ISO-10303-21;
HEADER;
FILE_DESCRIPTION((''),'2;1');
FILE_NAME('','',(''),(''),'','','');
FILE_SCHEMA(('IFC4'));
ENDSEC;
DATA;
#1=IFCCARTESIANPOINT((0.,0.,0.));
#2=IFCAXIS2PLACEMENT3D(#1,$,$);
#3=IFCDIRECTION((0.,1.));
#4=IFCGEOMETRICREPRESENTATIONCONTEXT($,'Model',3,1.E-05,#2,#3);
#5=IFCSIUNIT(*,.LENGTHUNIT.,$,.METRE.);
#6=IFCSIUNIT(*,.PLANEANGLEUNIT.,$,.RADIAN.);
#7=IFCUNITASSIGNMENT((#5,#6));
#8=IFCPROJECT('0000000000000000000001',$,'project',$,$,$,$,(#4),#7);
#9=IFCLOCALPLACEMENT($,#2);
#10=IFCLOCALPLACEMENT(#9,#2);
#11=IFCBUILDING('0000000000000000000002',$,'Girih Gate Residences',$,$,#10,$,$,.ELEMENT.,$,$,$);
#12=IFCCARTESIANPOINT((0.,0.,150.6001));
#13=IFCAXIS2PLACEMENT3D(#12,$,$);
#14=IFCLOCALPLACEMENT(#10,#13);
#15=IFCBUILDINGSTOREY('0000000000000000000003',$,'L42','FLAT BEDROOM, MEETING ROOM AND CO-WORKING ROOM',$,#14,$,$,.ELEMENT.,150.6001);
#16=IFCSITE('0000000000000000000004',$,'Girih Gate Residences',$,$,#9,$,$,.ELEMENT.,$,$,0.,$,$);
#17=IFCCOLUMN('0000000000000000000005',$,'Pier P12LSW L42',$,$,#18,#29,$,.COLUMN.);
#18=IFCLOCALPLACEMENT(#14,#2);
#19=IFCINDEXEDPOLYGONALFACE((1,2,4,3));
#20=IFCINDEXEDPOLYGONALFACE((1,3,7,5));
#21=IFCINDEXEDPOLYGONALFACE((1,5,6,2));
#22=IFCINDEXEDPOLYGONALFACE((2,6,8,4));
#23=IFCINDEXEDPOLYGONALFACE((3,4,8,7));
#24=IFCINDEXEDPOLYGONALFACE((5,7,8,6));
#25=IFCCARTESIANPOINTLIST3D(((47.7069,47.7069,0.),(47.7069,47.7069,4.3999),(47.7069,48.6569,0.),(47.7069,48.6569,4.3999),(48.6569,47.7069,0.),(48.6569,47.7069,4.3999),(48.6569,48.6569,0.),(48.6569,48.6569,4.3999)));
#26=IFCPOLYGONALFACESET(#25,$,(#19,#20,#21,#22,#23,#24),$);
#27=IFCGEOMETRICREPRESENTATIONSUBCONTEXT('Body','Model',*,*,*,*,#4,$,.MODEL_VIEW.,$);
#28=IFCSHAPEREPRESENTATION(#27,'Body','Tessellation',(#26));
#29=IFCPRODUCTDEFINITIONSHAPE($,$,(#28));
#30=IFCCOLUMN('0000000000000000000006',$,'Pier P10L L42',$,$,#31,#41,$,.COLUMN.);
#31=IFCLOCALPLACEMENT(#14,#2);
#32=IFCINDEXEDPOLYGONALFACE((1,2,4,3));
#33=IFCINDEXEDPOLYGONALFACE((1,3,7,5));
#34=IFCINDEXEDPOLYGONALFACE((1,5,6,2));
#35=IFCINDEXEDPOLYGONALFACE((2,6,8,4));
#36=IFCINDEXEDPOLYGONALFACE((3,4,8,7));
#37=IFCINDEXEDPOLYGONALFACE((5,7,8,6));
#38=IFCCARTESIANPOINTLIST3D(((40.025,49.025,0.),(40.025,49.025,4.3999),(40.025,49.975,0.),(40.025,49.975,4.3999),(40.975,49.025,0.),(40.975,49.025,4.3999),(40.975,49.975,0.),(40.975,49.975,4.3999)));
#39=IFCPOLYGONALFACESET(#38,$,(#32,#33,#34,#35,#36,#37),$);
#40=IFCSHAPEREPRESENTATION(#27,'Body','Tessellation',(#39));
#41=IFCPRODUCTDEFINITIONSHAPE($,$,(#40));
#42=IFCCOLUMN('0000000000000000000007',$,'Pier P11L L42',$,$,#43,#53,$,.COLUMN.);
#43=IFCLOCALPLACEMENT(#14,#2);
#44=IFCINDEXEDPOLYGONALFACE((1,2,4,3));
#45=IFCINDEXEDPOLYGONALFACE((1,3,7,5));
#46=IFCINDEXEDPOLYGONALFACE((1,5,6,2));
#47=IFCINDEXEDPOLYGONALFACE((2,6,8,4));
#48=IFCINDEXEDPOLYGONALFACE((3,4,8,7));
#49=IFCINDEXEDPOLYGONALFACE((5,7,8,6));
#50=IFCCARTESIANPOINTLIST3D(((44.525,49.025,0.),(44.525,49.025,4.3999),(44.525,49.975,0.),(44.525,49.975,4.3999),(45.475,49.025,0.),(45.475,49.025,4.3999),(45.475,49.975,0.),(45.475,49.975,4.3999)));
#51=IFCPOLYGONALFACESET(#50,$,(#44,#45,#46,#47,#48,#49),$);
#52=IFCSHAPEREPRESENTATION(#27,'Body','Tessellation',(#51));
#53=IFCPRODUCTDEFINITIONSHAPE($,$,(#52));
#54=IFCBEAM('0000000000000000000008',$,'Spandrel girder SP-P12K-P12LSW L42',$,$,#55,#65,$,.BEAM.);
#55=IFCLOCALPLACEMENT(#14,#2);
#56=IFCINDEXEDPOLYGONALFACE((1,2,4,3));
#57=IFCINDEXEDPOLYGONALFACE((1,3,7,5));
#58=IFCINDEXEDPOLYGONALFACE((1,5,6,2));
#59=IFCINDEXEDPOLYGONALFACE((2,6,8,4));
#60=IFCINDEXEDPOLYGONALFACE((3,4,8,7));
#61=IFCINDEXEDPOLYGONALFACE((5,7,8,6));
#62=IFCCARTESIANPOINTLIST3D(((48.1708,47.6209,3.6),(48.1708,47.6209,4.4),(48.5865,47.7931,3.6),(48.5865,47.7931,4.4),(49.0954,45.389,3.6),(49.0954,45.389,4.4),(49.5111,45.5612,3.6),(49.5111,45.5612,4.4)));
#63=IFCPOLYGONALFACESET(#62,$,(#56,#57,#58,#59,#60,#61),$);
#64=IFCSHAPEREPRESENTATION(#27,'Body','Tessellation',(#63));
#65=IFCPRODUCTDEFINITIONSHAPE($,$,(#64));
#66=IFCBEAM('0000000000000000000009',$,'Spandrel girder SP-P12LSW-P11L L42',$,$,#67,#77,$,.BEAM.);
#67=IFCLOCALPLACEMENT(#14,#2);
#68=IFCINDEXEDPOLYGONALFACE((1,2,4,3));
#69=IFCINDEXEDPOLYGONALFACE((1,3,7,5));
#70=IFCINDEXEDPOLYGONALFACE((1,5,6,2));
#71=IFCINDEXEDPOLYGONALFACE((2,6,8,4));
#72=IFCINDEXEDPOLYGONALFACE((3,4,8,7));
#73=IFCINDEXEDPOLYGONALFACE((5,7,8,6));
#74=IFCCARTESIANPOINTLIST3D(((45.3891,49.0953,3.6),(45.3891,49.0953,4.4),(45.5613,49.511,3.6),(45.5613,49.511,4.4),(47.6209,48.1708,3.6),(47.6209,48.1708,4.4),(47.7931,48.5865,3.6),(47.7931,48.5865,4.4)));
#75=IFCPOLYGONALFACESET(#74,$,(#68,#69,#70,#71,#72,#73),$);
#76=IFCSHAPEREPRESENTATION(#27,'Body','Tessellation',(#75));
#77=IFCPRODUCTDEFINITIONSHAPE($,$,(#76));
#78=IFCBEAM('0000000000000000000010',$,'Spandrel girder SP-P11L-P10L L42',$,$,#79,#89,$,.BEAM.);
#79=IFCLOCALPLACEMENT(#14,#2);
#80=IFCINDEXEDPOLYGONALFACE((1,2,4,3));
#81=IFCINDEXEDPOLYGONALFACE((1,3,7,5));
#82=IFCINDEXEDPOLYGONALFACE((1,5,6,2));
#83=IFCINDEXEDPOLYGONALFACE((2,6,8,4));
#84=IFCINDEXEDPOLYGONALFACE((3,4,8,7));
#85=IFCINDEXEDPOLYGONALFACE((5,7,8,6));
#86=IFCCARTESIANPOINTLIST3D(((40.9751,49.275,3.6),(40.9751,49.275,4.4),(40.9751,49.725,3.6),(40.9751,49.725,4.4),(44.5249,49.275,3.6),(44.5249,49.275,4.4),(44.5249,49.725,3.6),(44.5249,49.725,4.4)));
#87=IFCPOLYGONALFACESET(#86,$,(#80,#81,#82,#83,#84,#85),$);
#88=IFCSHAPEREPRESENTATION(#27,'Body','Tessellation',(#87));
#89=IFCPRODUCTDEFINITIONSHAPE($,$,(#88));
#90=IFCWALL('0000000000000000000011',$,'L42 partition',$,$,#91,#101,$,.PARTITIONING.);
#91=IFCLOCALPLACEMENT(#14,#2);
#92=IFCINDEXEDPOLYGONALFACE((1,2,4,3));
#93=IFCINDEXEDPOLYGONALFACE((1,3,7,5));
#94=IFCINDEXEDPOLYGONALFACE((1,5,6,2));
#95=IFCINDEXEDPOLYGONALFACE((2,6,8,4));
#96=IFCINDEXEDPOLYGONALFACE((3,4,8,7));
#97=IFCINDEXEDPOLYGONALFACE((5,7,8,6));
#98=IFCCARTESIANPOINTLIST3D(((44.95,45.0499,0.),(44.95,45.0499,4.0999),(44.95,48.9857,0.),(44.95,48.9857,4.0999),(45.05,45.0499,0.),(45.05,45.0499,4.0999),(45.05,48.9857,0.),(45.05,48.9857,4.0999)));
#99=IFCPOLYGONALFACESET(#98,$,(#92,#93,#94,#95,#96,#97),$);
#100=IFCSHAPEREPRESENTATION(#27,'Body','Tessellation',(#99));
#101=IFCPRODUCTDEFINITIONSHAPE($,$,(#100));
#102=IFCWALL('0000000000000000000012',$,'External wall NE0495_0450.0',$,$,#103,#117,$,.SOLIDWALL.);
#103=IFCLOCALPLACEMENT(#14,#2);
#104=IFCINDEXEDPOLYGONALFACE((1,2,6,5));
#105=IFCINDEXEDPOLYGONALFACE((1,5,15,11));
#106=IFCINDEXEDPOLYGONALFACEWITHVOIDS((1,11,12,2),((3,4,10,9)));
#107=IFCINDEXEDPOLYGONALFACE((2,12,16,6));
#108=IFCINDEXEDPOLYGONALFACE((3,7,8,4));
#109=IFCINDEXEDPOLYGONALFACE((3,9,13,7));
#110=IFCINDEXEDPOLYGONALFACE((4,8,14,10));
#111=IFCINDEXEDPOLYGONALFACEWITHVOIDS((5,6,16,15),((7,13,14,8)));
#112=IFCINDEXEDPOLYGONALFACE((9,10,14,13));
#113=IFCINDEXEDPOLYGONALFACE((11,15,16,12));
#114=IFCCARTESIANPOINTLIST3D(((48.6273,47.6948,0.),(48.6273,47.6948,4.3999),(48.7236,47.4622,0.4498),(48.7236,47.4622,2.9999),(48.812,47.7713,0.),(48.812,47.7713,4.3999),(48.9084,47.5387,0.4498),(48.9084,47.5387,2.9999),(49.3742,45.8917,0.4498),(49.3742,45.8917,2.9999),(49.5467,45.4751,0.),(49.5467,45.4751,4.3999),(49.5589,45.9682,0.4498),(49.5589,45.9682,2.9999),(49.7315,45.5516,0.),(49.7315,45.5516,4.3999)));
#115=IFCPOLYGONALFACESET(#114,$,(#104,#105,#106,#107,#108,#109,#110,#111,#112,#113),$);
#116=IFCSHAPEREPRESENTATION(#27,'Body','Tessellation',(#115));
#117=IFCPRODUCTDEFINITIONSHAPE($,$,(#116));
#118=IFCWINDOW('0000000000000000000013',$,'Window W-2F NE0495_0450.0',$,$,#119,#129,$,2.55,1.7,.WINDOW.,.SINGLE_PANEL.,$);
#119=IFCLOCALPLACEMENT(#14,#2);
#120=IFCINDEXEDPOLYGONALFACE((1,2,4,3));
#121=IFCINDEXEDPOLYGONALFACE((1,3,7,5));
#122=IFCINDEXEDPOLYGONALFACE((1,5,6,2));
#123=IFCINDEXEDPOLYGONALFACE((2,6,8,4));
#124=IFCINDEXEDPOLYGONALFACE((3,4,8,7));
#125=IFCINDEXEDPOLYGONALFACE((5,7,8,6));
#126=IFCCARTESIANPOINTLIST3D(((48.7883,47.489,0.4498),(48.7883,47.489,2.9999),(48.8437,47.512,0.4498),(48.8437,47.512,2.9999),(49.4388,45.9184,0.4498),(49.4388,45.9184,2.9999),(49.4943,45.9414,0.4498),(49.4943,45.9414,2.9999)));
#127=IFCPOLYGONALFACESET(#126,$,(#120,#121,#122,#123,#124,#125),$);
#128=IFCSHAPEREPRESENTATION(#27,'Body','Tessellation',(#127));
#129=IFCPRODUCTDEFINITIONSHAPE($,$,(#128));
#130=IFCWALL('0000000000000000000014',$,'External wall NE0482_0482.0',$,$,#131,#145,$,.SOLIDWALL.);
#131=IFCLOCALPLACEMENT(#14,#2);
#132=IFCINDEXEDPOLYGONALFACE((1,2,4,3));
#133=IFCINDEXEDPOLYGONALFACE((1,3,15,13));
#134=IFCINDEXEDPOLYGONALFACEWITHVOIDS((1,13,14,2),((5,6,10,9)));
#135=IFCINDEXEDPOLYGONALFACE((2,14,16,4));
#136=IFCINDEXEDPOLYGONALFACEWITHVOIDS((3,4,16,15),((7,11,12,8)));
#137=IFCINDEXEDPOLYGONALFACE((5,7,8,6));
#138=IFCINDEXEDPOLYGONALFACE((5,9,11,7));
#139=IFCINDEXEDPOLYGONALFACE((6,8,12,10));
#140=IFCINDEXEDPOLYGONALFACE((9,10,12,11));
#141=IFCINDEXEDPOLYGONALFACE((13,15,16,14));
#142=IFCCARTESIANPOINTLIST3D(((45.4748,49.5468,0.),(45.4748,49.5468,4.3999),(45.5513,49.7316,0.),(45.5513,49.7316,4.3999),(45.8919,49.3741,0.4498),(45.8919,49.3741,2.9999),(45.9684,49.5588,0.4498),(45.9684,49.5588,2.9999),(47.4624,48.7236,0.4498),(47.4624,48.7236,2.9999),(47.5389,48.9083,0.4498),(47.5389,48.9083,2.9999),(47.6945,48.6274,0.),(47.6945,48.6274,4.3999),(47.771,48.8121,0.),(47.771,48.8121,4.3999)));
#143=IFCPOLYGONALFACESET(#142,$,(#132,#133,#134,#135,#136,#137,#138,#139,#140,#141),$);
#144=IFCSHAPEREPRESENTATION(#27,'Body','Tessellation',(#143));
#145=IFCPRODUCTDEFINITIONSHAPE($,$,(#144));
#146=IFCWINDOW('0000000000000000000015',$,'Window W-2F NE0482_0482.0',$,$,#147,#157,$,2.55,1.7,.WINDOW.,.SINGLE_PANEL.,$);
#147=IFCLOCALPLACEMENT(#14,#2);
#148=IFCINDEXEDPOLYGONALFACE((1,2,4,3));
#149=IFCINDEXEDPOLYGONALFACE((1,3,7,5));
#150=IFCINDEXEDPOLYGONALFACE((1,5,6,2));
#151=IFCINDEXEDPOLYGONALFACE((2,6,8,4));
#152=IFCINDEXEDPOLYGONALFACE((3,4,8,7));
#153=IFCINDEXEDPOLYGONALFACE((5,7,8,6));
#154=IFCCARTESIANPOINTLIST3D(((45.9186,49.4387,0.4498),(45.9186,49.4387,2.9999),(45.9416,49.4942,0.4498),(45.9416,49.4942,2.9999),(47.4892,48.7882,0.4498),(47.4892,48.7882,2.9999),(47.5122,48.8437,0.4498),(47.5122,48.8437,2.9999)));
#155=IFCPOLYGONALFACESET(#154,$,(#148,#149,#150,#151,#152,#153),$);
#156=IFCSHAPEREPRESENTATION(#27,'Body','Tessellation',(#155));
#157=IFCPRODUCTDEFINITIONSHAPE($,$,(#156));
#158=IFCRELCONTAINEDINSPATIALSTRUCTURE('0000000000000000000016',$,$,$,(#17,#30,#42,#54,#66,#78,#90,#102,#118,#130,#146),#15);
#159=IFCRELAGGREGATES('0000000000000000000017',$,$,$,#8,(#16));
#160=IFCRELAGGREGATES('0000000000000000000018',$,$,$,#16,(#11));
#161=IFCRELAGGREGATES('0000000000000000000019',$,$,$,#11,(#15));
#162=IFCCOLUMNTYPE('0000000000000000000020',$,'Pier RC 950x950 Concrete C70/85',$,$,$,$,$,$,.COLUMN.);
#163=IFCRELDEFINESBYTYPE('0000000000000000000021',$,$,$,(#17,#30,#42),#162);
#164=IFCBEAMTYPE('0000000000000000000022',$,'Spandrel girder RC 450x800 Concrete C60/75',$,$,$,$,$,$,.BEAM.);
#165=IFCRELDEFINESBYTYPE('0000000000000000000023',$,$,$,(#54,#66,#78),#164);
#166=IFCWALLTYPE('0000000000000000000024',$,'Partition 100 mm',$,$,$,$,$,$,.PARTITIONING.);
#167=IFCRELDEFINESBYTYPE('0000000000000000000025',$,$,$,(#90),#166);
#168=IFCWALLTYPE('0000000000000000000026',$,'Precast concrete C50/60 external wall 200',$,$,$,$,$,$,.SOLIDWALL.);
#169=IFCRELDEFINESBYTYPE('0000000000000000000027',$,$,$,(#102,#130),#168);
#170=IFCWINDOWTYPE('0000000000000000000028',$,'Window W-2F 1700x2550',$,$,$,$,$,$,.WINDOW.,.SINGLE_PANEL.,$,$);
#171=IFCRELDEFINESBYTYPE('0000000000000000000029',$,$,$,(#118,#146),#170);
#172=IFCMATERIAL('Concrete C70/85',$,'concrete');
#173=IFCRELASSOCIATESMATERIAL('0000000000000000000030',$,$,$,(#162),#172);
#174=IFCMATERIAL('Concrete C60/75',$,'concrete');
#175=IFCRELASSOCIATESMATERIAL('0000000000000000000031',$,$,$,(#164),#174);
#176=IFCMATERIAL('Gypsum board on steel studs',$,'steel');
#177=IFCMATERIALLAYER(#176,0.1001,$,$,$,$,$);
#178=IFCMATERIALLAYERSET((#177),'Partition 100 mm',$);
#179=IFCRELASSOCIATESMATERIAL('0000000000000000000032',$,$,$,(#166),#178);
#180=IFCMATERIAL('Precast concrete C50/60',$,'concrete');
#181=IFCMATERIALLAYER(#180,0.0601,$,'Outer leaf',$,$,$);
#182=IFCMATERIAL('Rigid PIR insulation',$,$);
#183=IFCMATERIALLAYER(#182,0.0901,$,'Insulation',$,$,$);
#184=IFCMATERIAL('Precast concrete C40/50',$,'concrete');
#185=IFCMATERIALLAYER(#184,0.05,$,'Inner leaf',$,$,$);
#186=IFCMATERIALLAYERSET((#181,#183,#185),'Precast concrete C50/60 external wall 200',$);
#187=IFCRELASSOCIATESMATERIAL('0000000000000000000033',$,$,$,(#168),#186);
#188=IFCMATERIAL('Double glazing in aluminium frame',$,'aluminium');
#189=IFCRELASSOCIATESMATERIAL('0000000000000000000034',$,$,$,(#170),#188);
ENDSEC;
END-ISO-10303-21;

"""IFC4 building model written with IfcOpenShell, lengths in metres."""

from ifc_helpers import new_model, si_unit, direction, frame, frame_2d, origin, origin_2d, place, context, subcontext, project, spatial, rectangle, extrude, material, layer, layer_set, material_profile, profile_set, type_object, element, fill, save


model = new_model("IFC4")

# Units and contexts
model_context = context("Model", 3, precision=1e-05, world=origin(), true_north=direction((0.0, 1.0)))
body_context = subcontext(model_context, "Body", "Model", "MODEL_VIEW")
ifc_project = project(units=[si_unit("LENGTHUNIT", "METRE"), si_unit("PLANEANGLEUNIT", "RADIAN")], contexts=[model_context])

# Site, building, storey
site_placement = place(None, origin())
site = spatial("IfcSite", under=ifc_project, at=site_placement, Name="Girih Gate Residences", CompositionType="ELEMENT", RefElevation=0.0)
building_placement = place(site_placement, origin())
building = spatial("IfcBuilding", under=site, at=building_placement, Name="Girih Gate Residences", CompositionType="ELEMENT")
storey_placement = place(building_placement, frame((0.0, 0.0, 150.6001)))
storey = spatial("IfcBuildingStorey", under=building, at=storey_placement, Name="L42", Description="FLAT BEDROOM, MEETING ROOM AND CO-WORKING ROOM", CompositionType="ELEMENT", Elevation=150.6001)

# Columns
ifc_material_1 = material(Name="Concrete C70/85", Category="concrete")
ifc_material_profile_1 = material_profile(ifc_material_1, rectangle(XDim=0.95, YDim=0.95, at=origin_2d()))
ifc_profile_set_1 = profile_set([ifc_material_profile_1], Name="Concrete C70/85")
column_type = type_object("IfcColumnType", Name="Pier RC 950x950 Concrete C70/85", PredefinedType="COLUMN", material=ifc_profile_set_1)
for number, where, z_axis, x_axis, name in (
    (1, (48.1819, 48.1819, 0.0), (0.0, 0.0, 1.0), (1.0, 0.0, 0.0), "Pier P12LSW L42"),
    (2, (40.5, 49.5, 0.0), (0.0, 0.0, 1.0), (1.0, 0.0, 0.0), "Pier P10L L42"),
    (3, (45.0, 49.5, 0.0), (0.0, 0.0, 1.0), (1.0, 0.0, 0.0), "Pier P11L L42"),
):
    element("IfcColumn", number, at=place(storey_placement, frame(where, z_axis=z_axis, x_axis=x_axis)), inside=storey, type_object=column_type, Name=name, PredefinedType="COLUMN", context=body_context, shape_type="SweptSolid", body=[
        extrude(rectangle(XDim=0.95, YDim=0.95, at=origin_2d()), origin(), (0.0, 0.0, 1.0), 4.3999),
    ])

# Beams
ifc_material_2 = material(Name="Concrete C60/75", Category="concrete")
ifc_material_profile_2 = material_profile(ifc_material_2, rectangle(XDim=0.45, YDim=0.8, at=origin_2d()))
ifc_profile_set_2 = profile_set([ifc_material_profile_2], Name="Concrete C60/75")
beam_type = type_object("IfcBeamType", Name="Spandrel girder RC 450x800 Concrete C60/75", PredefinedType="BEAM", material=ifc_profile_set_2)
for number, where, z_axis, x_axis, name in (
    (4, (49.3032, 45.4751, 4.0), (-0.382706, 0.92387, 0.0), (-0.92387, -0.382706, 0.0), "Spandrel girder SP-P12K-P12LSW L42"),
    (5, (47.707, 48.3787, 4.0), (-0.92387, 0.382706, 0.0), (-0.382706, -0.92387, 0.0), "Spandrel girder SP-P12LSW-P11L L42"),
):
    element("IfcBeam", number, at=place(storey_placement, frame(where, z_axis=z_axis, x_axis=x_axis)), inside=storey, type_object=beam_type, Name=name, PredefinedType="BEAM", context=body_context, shape_type="SweptSolid", body=[
        extrude(rectangle(XDim=0.45, YDim=0.8, at=origin_2d()), origin(), (0.0, 0.0, 1.0), 2.4158),
    ])
beam_placement = place(storey_placement, frame((44.5249, 49.5, 4.0), z_axis=(-1.0, 0.0, 0.0), x_axis=(0.0, -1.0, 0.0)))
element("IfcBeam", 6, at=beam_placement, inside=storey, type_object=beam_type, Name="Spandrel girder SP-P11L-P10L L42", PredefinedType="BEAM", context=body_context, shape_type="SweptSolid", body=[
    extrude(rectangle(XDim=0.45, YDim=0.8, at=origin_2d()), origin(), (0.0, 0.0, 1.0), 3.5498),
])

# Wall
ifc_material_3 = material(Name="Gypsum board on steel studs", Category="steel")
ifc_layer_1 = layer(ifc_material_3, 0.1001)
ifc_layer_set_1 = layer_set([ifc_layer_1], Name="Partition 100 mm")
wall_type_1 = type_object("IfcWallType", Name="Partition 100 mm", PredefinedType="PARTITIONING", material=ifc_layer_set_1)
wall_1_placement = place(storey_placement, frame((45.0, 45.05, 0.0), z_axis=(0.0, 0.0, 1.0), x_axis=(0.0, 1.0, 0.0)))
element("IfcWall", 7, at=wall_1_placement, inside=storey, type_object=wall_type_1, Name="L42 partition", PredefinedType="PARTITIONING", context=body_context, shape_type="SweptSolid", body=[
    extrude(rectangle(XDim=3.9358, YDim=0.1001, at=frame_2d((1.9678, 0.0))), origin(), (0.0, 0.0, 1.0), 4.0999),
])

# Walls, openings, windows
ifc_material_4 = material(Name="Precast concrete C50/60", Category="concrete")
ifc_layer_2 = layer(ifc_material_4, 0.0601, Name="Outer leaf")
ifc_material_5 = material(Name="Rigid PIR insulation")
ifc_layer_3 = layer(ifc_material_5, 0.0901, Name="Insulation")
ifc_material_6 = material(Name="Precast concrete C40/50", Category="concrete")
ifc_layer_4 = layer(ifc_material_6, 0.05, Name="Inner leaf")
ifc_layer_set_2 = layer_set([ifc_layer_2, ifc_layer_3, ifc_layer_4], Name="Precast concrete C50/60 external wall 200")
wall_type_2 = type_object("IfcWallType", Name="Precast concrete C50/60 external wall 200", PredefinedType="SOLIDWALL", material=ifc_layer_set_2)
wall_2_placement = place(storey_placement, frame((48.7197, 47.7329, 0.0), z_axis=(0.0, 0.0, 1.0), x_axis=(0.382681, -0.923881, 0.0)))
wall_2 = element("IfcWall", 8, at=wall_2_placement, inside=storey, type_object=wall_type_2, Name="External wall NE0495_0450.0", PredefinedType="SOLIDWALL", context=body_context, shape_type="SweptSolid", body=[
    extrude(rectangle(XDim=2.4026, YDim=0.2, at=frame_2d((1.2012, 0.0))), origin(), (0.0, 0.0, 1.0), 4.3999),
])
opening_1_placement = place(wall_2_placement, frame((0.2515, 0.0, 0.45)))
opening_1 = element("IfcOpeningElement", 9, at=opening_1_placement, cuts=wall_2, PredefinedType="OPENING", context=body_context, shape_type="SweptSolid", body=[
    extrude(rectangle(XDim=1.7, YDim=2.55, at=frame_2d((0.8501, 1.2749))), frame((0.0, 0.1099, 0.0), z_axis=(0.0, -1.0, 0.0), x_axis=(1.0, 0.0, 0.0)), (0.0, 0.0, 1.0), 0.22),
])
ifc_material_7 = material(Name="Double glazing in aluminium frame", Category="aluminium")
window_type_1 = type_object("IfcWindowType", Name="Window W-2F 1700x2550", PartitioningType="SINGLE_PANEL", PredefinedType="WINDOW", material=ifc_material_7)
window_1_placement = place(opening_1_placement, origin())
window_1 = element("IfcWindow", 10, at=window_1_placement, inside=storey, type_object=window_type_1, Name="Window W-2F NE0495_0450.0", OverallHeight=2.55, OverallWidth=1.7, PartitioningType="SINGLE_PANEL", PredefinedType="WINDOW", context=body_context, shape_type="SweptSolid", body=[
    extrude(rectangle(XDim=1.7, YDim=2.55, at=frame_2d((0.8501, 1.2749))), frame((0.0, 0.03, 0.0), z_axis=(0.0, -1.0, 0.0), x_axis=(1.0, 0.0, 0.0)), (0.0, 0.0, 1.0), 0.0601),
])
fill(opening_1, window_1)
wall_3_placement = place(storey_placement, frame((45.5132, 49.6392, 0.0), z_axis=(0.0, 0.0, 1.0), x_axis=(0.923881, -0.382681, 0.0)))
wall_3 = element("IfcWall", 11, at=wall_3_placement, inside=storey, type_object=wall_type_2, Name="External wall NE0482_0482.0", PredefinedType="SOLIDWALL", context=body_context, shape_type="SweptSolid", body=[
    extrude(rectangle(XDim=2.4026, YDim=0.2, at=frame_2d((1.2012, 0.0))), origin(), (0.0, 0.0, 1.0), 4.3999),
])
opening_2_placement = place(wall_3_placement, frame((0.4512, 0.0, 0.45)))
opening_2 = element("IfcOpeningElement", 12, at=opening_2_placement, cuts=wall_3, PredefinedType="OPENING", context=body_context, shape_type="SweptSolid", body=[
    extrude(rectangle(XDim=1.7, YDim=2.55, at=frame_2d((0.8501, 1.2749))), frame((0.0, 0.1099, 0.0), z_axis=(0.0, -1.0, 0.0), x_axis=(1.0, 0.0, 0.0)), (0.0, 0.0, 1.0), 0.22),
])
window_2_placement = place(opening_2_placement, origin())
window_2 = element("IfcWindow", 13, at=window_2_placement, inside=storey, type_object=window_type_1, Name="Window W-2F NE0482_0482.0", OverallHeight=2.55, OverallWidth=1.7, PartitioningType="SINGLE_PANEL", PredefinedType="WINDOW", context=body_context, shape_type="SweptSolid", body=[
    extrude(rectangle(XDim=1.7, YDim=2.55, at=frame_2d((0.8501, 1.2749))), frame((0.0, 0.03, 0.0), z_axis=(0.0, -1.0, 0.0), x_axis=(1.0, 0.0, 0.0)), (0.0, 0.0, 1.0), 0.0601),
])
fill(opening_2, window_2)

save(model, "model.ifc")
